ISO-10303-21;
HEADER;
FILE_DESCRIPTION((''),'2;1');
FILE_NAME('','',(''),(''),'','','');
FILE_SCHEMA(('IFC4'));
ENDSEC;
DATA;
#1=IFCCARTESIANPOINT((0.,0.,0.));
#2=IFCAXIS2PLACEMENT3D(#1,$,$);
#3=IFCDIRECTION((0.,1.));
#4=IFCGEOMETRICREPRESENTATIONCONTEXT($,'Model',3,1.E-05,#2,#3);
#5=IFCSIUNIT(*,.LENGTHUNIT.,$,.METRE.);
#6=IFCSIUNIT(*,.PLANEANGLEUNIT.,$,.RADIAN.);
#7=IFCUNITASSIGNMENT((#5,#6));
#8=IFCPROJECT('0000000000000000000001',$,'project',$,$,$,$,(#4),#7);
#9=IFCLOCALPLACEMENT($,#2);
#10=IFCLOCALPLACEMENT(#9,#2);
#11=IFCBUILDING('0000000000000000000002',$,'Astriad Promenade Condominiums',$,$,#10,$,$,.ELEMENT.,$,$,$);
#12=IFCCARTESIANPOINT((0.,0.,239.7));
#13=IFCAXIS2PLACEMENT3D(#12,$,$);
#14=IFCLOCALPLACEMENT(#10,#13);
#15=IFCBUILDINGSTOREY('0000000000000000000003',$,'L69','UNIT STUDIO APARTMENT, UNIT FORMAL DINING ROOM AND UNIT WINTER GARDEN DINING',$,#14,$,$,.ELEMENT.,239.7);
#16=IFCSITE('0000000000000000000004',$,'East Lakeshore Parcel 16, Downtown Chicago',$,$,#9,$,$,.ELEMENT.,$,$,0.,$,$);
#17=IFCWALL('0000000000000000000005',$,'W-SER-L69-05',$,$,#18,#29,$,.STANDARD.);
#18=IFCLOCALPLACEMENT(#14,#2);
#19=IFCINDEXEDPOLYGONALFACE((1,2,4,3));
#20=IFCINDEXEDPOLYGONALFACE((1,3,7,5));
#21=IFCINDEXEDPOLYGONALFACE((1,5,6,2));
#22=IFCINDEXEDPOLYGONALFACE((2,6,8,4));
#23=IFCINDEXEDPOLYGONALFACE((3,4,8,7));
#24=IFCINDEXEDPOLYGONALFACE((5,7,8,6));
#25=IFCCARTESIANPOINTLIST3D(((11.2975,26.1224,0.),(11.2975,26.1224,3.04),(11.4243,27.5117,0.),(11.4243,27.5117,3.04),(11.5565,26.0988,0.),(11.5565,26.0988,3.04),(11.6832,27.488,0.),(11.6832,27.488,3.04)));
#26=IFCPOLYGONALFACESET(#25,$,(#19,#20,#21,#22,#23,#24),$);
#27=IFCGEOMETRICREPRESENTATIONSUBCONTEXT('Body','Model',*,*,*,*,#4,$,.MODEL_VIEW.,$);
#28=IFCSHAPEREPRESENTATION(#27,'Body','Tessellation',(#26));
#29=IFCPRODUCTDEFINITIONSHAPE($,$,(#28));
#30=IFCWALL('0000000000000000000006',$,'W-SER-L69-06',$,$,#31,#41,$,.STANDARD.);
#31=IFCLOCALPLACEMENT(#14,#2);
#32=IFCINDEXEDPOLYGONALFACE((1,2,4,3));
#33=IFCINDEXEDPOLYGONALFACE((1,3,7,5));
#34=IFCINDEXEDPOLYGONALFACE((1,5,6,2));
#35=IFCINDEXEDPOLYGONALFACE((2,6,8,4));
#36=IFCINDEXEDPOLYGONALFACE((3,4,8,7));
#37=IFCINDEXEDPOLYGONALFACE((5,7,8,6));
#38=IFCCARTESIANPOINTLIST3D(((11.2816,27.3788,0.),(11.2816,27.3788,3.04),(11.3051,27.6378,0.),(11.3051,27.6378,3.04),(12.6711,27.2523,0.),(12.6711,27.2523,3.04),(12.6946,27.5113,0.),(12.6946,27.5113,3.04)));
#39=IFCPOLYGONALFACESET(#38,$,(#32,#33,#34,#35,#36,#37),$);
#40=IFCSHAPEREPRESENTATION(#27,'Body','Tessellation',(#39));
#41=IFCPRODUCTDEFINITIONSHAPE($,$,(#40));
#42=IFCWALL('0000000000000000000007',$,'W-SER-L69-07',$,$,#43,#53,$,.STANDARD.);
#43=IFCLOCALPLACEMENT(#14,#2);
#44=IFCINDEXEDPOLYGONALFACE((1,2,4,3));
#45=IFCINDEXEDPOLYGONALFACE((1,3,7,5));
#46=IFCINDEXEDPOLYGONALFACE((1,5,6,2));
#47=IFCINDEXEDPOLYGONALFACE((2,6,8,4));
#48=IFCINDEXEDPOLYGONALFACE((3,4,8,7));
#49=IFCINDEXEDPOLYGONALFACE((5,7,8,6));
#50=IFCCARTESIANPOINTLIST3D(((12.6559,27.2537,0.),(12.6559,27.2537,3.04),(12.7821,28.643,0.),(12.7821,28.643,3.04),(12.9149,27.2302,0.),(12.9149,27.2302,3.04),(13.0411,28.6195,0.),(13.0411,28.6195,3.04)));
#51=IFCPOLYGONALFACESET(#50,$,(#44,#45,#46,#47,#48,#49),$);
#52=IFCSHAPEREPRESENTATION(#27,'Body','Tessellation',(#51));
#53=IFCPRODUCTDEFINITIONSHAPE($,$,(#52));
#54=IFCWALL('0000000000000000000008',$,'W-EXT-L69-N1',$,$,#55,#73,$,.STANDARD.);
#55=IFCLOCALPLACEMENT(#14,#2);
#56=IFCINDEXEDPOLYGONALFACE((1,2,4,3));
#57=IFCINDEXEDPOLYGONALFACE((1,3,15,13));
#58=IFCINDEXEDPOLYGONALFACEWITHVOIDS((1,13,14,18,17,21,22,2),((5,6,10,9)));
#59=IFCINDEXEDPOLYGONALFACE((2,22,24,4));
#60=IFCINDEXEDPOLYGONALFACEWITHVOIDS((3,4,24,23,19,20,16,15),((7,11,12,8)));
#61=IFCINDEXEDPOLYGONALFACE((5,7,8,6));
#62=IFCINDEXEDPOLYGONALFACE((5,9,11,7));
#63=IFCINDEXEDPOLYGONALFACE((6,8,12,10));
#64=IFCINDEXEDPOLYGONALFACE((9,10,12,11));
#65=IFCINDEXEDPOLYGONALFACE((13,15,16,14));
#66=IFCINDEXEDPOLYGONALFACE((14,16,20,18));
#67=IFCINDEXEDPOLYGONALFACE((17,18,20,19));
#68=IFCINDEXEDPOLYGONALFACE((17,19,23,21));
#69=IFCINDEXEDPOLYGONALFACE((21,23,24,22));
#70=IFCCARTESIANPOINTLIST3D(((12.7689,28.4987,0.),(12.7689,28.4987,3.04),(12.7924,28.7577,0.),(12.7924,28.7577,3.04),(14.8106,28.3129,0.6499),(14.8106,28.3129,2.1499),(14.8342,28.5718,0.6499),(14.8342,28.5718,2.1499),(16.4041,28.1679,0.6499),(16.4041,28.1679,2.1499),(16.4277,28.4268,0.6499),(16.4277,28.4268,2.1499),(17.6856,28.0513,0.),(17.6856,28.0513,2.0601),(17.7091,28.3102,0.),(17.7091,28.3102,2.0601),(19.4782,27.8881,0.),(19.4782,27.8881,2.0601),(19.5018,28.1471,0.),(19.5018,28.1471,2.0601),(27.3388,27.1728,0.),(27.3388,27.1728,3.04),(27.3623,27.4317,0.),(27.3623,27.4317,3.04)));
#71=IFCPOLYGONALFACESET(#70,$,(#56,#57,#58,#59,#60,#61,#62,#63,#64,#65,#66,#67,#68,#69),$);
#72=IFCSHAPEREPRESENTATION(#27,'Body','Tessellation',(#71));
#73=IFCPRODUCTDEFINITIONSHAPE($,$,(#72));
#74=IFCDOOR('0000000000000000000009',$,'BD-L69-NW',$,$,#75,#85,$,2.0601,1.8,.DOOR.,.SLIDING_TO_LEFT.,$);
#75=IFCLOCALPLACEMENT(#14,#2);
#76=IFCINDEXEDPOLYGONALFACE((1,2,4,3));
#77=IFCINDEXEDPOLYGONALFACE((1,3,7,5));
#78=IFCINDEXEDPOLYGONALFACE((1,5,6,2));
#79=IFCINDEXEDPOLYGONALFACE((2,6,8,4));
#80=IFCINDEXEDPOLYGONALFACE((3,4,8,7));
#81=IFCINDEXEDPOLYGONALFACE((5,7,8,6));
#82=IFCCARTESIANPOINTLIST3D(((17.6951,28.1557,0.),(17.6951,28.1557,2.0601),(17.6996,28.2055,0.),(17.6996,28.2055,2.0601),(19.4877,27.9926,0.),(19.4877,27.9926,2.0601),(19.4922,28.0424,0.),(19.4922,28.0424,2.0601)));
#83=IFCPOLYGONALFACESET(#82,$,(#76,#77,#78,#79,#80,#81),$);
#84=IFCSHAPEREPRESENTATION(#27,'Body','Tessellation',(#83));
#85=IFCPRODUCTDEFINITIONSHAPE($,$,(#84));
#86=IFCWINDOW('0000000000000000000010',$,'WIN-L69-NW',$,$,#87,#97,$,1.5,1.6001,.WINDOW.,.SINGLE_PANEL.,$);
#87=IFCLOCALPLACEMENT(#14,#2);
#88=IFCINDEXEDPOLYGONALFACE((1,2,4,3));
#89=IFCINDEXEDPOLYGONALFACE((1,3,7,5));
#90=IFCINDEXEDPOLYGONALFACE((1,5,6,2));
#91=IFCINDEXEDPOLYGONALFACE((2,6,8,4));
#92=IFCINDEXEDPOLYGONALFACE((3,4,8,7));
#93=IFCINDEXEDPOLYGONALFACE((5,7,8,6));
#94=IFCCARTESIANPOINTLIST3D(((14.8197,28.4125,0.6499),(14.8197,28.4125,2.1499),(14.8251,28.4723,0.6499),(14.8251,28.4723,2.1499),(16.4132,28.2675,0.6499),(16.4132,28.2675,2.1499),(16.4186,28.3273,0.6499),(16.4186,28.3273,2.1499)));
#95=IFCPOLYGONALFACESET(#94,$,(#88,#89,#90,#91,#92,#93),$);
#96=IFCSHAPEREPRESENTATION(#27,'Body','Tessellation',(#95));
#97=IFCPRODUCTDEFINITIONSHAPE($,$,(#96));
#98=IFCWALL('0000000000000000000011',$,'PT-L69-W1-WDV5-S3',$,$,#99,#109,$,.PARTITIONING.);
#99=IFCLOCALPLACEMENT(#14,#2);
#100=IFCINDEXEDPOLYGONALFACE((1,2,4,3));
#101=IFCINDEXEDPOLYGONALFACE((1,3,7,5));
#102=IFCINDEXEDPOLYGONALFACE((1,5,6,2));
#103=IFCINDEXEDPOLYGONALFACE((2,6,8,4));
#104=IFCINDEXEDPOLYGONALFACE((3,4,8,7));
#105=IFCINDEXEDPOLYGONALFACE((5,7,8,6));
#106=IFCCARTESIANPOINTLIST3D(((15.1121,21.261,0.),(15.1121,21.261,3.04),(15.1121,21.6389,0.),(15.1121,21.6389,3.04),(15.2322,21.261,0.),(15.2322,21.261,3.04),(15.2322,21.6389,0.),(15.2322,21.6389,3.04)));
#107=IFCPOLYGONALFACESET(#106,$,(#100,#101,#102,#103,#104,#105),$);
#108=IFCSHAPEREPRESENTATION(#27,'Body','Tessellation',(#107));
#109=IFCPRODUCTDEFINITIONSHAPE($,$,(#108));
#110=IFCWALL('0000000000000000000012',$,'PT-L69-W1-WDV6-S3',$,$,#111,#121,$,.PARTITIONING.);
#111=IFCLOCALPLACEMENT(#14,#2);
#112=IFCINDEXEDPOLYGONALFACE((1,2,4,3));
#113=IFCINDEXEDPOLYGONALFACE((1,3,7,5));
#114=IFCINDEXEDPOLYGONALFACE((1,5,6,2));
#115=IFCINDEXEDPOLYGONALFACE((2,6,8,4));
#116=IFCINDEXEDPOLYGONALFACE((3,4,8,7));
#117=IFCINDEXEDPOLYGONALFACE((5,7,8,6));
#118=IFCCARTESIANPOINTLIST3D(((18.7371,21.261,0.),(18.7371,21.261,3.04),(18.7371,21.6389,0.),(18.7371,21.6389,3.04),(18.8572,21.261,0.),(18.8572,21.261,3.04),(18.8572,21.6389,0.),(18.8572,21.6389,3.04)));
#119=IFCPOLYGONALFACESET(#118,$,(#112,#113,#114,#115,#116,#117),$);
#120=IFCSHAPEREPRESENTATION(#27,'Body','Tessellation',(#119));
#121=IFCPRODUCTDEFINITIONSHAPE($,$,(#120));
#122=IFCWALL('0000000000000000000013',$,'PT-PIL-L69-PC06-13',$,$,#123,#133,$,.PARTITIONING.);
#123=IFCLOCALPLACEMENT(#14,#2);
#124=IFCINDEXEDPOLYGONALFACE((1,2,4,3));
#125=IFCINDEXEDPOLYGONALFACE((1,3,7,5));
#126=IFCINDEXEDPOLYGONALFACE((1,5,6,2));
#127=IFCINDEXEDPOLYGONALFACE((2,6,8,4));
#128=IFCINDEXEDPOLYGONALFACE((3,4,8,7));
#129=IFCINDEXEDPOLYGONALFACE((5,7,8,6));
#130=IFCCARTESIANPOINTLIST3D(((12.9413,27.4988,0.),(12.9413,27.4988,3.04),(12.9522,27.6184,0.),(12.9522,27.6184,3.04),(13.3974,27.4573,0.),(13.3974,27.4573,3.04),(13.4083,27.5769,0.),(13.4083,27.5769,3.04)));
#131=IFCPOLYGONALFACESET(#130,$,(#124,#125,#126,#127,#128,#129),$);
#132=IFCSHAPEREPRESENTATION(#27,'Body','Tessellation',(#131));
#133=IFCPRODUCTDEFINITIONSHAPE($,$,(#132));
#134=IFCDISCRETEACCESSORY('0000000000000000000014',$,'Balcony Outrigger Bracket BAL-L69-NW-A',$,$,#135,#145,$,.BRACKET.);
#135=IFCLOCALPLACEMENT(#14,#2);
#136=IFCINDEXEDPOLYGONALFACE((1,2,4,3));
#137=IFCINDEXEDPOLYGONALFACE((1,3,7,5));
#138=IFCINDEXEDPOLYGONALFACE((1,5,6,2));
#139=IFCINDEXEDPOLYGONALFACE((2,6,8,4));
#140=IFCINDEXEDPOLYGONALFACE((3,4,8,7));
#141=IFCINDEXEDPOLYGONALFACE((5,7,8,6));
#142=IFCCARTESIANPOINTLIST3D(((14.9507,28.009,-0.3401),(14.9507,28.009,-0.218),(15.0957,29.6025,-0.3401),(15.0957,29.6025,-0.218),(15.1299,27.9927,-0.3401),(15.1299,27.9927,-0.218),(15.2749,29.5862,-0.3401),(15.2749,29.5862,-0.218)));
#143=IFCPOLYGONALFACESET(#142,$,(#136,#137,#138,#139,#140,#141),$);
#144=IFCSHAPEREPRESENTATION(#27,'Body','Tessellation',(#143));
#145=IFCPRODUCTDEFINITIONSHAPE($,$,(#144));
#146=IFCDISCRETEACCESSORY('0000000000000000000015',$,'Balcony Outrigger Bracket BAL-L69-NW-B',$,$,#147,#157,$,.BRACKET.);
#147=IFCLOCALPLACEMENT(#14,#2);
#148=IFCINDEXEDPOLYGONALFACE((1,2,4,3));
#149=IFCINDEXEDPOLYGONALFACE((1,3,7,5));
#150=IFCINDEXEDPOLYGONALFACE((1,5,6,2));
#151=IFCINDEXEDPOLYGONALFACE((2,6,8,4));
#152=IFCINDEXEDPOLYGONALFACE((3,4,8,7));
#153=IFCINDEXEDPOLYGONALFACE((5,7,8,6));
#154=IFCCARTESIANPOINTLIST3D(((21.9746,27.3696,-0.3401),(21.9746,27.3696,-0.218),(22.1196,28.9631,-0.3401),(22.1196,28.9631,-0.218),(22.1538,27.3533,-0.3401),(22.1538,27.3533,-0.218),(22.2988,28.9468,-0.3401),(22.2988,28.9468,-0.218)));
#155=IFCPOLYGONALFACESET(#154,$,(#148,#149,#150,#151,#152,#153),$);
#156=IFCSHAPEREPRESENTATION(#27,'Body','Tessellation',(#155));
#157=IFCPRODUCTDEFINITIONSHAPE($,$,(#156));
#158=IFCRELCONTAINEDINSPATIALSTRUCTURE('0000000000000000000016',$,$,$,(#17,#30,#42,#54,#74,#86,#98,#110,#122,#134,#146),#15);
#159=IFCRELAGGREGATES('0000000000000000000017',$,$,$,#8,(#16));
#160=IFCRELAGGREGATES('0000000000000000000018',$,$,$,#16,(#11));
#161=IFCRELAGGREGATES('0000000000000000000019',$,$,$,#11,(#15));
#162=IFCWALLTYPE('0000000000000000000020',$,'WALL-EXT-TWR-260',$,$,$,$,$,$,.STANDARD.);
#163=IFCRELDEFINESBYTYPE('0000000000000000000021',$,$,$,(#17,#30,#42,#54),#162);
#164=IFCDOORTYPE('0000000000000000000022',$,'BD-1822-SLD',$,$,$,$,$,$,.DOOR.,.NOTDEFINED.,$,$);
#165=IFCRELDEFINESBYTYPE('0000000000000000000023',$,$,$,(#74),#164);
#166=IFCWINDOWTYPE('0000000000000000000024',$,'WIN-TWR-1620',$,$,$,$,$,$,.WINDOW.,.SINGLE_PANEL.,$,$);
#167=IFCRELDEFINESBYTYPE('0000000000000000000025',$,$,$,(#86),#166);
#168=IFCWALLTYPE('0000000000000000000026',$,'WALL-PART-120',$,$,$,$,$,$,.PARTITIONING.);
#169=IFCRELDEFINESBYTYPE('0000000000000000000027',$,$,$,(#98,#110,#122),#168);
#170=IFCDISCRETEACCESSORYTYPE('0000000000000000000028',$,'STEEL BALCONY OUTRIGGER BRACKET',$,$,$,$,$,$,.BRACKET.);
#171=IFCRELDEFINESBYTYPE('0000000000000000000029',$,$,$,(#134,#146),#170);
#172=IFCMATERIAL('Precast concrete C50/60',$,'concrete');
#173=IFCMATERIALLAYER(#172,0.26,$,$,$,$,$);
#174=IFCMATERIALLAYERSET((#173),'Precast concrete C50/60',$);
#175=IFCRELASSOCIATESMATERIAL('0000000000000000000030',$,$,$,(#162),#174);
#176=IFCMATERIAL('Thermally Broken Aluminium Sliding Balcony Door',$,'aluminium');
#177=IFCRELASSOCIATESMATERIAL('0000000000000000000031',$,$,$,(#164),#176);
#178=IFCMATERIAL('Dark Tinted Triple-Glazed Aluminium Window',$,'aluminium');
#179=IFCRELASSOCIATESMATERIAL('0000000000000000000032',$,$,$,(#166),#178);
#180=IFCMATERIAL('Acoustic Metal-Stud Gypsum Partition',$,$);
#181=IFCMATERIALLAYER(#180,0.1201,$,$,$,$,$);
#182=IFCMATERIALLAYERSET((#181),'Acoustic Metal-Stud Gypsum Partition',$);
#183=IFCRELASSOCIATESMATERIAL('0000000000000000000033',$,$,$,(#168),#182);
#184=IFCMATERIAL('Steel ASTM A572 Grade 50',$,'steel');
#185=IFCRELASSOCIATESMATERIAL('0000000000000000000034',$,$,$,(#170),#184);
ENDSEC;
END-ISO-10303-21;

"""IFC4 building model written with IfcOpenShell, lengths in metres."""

from ifc_helpers import new_model, si_unit, direction, frame, frame_2d, origin, origin_2d, place, context, subcontext, project, spatial, rectangle, extrude, source, transform, mapped, material, layer, layer_set, type_object, type_shapes, element, fill, save


model = new_model("IFC4")

# Units and contexts
model_context = context("Model", 3, precision=1e-05, world=origin(), true_north=direction((0.0, 1.0)))
body_context = subcontext(model_context, "Body", "Model", "MODEL_VIEW")
ifc_project = project(units=[si_unit("LENGTHUNIT", "METRE"), si_unit("PLANEANGLEUNIT", "RADIAN")], contexts=[model_context])

# Site, building, storey
site_placement = place(None, origin())
site = spatial("IfcSite", under=ifc_project, at=site_placement, Name="East Lakeshore Parcel 16, Downtown Chicago", CompositionType="ELEMENT", RefElevation=0.0)
building_placement = place(site_placement, origin())
building = spatial("IfcBuilding", under=site, at=building_placement, Name="Astriad Promenade Condominiums", CompositionType="ELEMENT")
storey_placement = place(building_placement, frame((0.0, 0.0, 239.7)))
storey = spatial("IfcBuildingStorey", under=building, at=storey_placement, Name="L69", Description="UNIT STUDIO APARTMENT, UNIT FORMAL DINING ROOM AND UNIT WINTER GARDEN DINING", CompositionType="ELEMENT", Elevation=239.7)

# Walls
ifc_material_1 = material(Name="Precast concrete C50/60", Category="concrete")
ifc_layer_1 = layer(ifc_material_1, 0.26)
ifc_layer_set_1 = layer_set([ifc_layer_1], Name="Precast concrete C50/60")
wall_type_1 = type_object("IfcWallType", Name="WALL-EXT-TWR-260", PredefinedType="STANDARD", material=ifc_layer_set_1)
wall_1_placement = place(storey_placement, frame((11.427, 26.1106, 0.0), z_axis=(0.0, 0.0, 1.0), x_axis=(0.090836, 0.995866, 0.0)))
element("IfcWall", 1, at=wall_1_placement, inside=storey, type_object=wall_type_1, Name="W-SER-L69-05", PredefinedType="STANDARD", context=body_context, shape_type="SweptSolid", body=[
    extrude(rectangle(XDim=1.395, YDim=0.26, at=frame_2d((0.6975, 0.0))), origin(), (0.0, 0.0, 1.0), 3.04),
])
wall_2_placement = place(storey_placement, frame((11.2932, 27.5083, 0.0), z_axis=(0.0, 0.0, 1.0), x_axis=(0.995883, -0.090646, 0.0)))
element("IfcWall", 2, at=wall_2_placement, inside=storey, type_object=wall_type_1, Name="W-SER-L69-06", PredefinedType="STANDARD", context=body_context, shape_type="SweptSolid", body=[
    extrude(rectangle(XDim=1.3953, YDim=0.26, at=frame_2d((0.6978, 0.0))), origin(), (0.0, 0.0, 1.0), 3.04),
])
wall_3_placement = place(storey_placement, frame((12.7854, 27.2419, 0.0), z_axis=(0.0, 0.0, 1.0), x_axis=(0.090473, 0.995899, 0.0)))
element("IfcWall", 3, at=wall_3_placement, inside=storey, type_object=wall_type_1, Name="W-SER-L69-07", PredefinedType="STANDARD", context=body_context, shape_type="SweptSolid", body=[
    extrude(rectangle(XDim=1.395, YDim=0.26, at=frame_2d((0.6975, 0.0))), origin(), (0.0, 0.0, 1.0), 3.04),
])

# Wall, openings, door, window
wall_4_placement = place(storey_placement, frame((12.7808, 28.6282, 0.0), z_axis=(0.0, 0.0, 1.0), x_axis=(0.995885, -0.090631, 0.0)))
wall_4 = element("IfcWall", 4, at=wall_4_placement, inside=storey, type_object=wall_type_1, Name="W-EXT-L69-N1", PredefinedType="STANDARD", context=body_context, shape_type="SweptSolid", body=[
    extrude(rectangle(XDim=14.6301, YDim=0.26, at=frame_2d((7.3149, 0.0))), origin(), (0.0, 0.0, 1.0), 3.04),
])
opening_1_placement = place(wall_4_placement, frame((4.937, 0.0, 0.0)))
opening_1 = element("IfcOpeningElement", 5, at=opening_1_placement, cuts=wall_4, PredefinedType="OPENING", context=body_context, shape_type="SweptSolid", body=[
    extrude(rectangle(XDim=1.8, YDim=2.0601, at=frame_2d((0.8999, 1.03))), frame((0.0, 0.1399, 0.0), z_axis=(0.0, -1.0, 0.0), x_axis=(1.0, 0.0, 0.0)), (0.0, 0.0, 1.0), 0.28),
])
opening_2_placement = place(wall_4_placement, frame((2.05, 0.0, 0.6499)))
opening_2 = element("IfcOpeningElement", 6, at=opening_2_placement, cuts=wall_4, PredefinedType="OPENING", context=body_context, shape_type="SweptSolid", body=[
    extrude(rectangle(XDim=1.6001, YDim=1.5, at=frame_2d((0.8, 0.75))), frame((0.0, 0.1399, 0.0), z_axis=(0.0, -1.0, 0.0), x_axis=(1.0, 0.0, 0.0)), (0.0, 0.0, 1.0), 0.28),
])
ifc_material_2 = material(Name="Thermally Broken Aluminium Sliding Balcony Door", Category="aluminium")
door_type = type_object("IfcDoorType", Name="BD-1822-SLD", OperationType="NOTDEFINED", PredefinedType="DOOR", material=ifc_material_2)
shared_shape_1 = source(origin(), body_context, "Body", "SweptSolid", [
    extrude(rectangle(XDim=1.8, YDim=2.0601, at=frame_2d((0.8999, 1.03))), frame((0.0, 0.0249, 0.0), z_axis=(0.0, -1.0, 0.0), x_axis=(1.0, 0.0, 0.0)), (0.0, 0.0, 1.0), 0.05),
])
type_shapes(door_type, [shared_shape_1])
door_placement = place(opening_1_placement, origin())
door = element("IfcDoor", 7, at=door_placement, inside=storey, type_object=door_type, Name="BD-L69-NW", OperationType="SLIDING_TO_LEFT", OverallHeight=2.0601, OverallWidth=1.8, PredefinedType="DOOR", context=body_context, shape_type="MappedRepresentation", body=[
    mapped(shared_shape_1, transform((0.0, 0.0, 0.0), scale=1.0)),
])
fill(opening_1, door)
ifc_material_3 = material(Name="Dark Tinted Triple-Glazed Aluminium Window", Category="aluminium")
window_type = type_object("IfcWindowType", Name="WIN-TWR-1620", PartitioningType="SINGLE_PANEL", PredefinedType="WINDOW", material=ifc_material_3)
shared_shape_2 = source(origin(), body_context, "Body", "SweptSolid", [
    extrude(rectangle(XDim=1.6001, YDim=1.5, at=frame_2d((0.8, 0.75))), frame((0.0, 0.03, 0.0), z_axis=(0.0, -1.0, 0.0), x_axis=(1.0, 0.0, 0.0)), (0.0, 0.0, 1.0), 0.0601),
])
type_shapes(window_type, [shared_shape_2])
window_placement = place(opening_2_placement, origin())
window = element("IfcWindow", 8, at=window_placement, inside=storey, type_object=window_type, Name="WIN-L69-NW", OverallHeight=1.5, OverallWidth=1.6001, PartitioningType="SINGLE_PANEL", PredefinedType="WINDOW", context=body_context, shape_type="MappedRepresentation", body=[
    mapped(shared_shape_2, transform((0.0, 0.0, 0.0), scale=1.0)),
])
fill(opening_2, window)

# Walls
ifc_material_4 = material(Name="Acoustic Metal-Stud Gypsum Partition")
ifc_layer_2 = layer(ifc_material_4, 0.1201)
ifc_layer_set_2 = layer_set([ifc_layer_2], Name="Acoustic Metal-Stud Gypsum Partition")
wall_type_2 = type_object("IfcWallType", Name="WALL-PART-120", PredefinedType="PARTITIONING", material=ifc_layer_set_2)
for number, where, z_axis, x_axis, name in (
    (9, (15.1721, 21.261, 0.0), (0.0, 0.0, 1.0), (0.0, 1.0, 0.0), "PT-L69-W1-WDV5-S3"),
    (10, (18.7971, 21.261, 0.0), (0.0, 0.0, 1.0), (0.0, 1.0, 0.0), "PT-L69-W1-WDV6-S3"),
):
    element("IfcWall", number, at=place(storey_placement, frame(where, z_axis=z_axis, x_axis=x_axis)), inside=storey, type_object=wall_type_2, Name=name, PredefinedType="PARTITIONING", context=body_context, shape_type="SweptSolid", body=[
        extrude(rectangle(XDim=0.3779, YDim=0.1201, at=frame_2d((0.189, 0.0))), origin(), (0.0, 0.0, 1.0), 3.04),
    ])
wall_5_placement = place(storey_placement, frame((13.4028, 27.5171, 0.0), z_axis=(0.0, 0.0, 1.0), x_axis=(-0.995884, 0.090632, 0.0)))
element("IfcWall", 11, at=wall_5_placement, inside=storey, type_object=wall_type_2, Name="PT-PIL-L69-PC06-13", PredefinedType="PARTITIONING", context=body_context, shape_type="SweptSolid", body=[
    extrude(rectangle(XDim=0.458, YDim=0.1201, at=frame_2d((0.229, 0.0))), origin(), (0.0, 0.0, 1.0), 3.04),
])

# Discrete accessories
ifc_material_5 = material(Name="Steel ASTM A572 Grade 50", Category="steel")
discrete_accessory_type = type_object("IfcDiscreteAccessoryType", Name="STEEL BALCONY OUTRIGGER BRACKET", PredefinedType="BRACKET", material=ifc_material_5)
shared_shape_3 = source(origin(), body_context, "Body", "SweptSolid", [
    extrude(rectangle(XDim=1.6001, YDim=0.1799, at=origin_2d()), origin(), (0.0, 0.0, 1.0), 0.1221),
])
type_shapes(discrete_accessory_type, [shared_shape_3])
for number, where, z_axis, x_axis, name in (
    (12, (15.1128, 28.7976, -0.3401), (0.0, 0.0, 1.0), (0.090633, 0.995884, 0.0), "Balcony Outrigger Bracket BAL-L69-NW-A"),
    (13, (22.1367, 28.1582, -0.3401), (0.0, 0.0, 1.0), (0.090633, 0.995884, 0.0), "Balcony Outrigger Bracket BAL-L69-NW-B"),
):
    element("IfcDiscreteAccessory", number, at=place(storey_placement, frame(where, z_axis=z_axis, x_axis=x_axis)), inside=storey, type_object=discrete_accessory_type, Name=name, PredefinedType="BRACKET", context=body_context, shape_type="MappedRepresentation", body=[
        mapped(shared_shape_3, transform((0.0, 0.0, 0.0), scale=1.0)),
    ])

save(model, "model.ifc")
